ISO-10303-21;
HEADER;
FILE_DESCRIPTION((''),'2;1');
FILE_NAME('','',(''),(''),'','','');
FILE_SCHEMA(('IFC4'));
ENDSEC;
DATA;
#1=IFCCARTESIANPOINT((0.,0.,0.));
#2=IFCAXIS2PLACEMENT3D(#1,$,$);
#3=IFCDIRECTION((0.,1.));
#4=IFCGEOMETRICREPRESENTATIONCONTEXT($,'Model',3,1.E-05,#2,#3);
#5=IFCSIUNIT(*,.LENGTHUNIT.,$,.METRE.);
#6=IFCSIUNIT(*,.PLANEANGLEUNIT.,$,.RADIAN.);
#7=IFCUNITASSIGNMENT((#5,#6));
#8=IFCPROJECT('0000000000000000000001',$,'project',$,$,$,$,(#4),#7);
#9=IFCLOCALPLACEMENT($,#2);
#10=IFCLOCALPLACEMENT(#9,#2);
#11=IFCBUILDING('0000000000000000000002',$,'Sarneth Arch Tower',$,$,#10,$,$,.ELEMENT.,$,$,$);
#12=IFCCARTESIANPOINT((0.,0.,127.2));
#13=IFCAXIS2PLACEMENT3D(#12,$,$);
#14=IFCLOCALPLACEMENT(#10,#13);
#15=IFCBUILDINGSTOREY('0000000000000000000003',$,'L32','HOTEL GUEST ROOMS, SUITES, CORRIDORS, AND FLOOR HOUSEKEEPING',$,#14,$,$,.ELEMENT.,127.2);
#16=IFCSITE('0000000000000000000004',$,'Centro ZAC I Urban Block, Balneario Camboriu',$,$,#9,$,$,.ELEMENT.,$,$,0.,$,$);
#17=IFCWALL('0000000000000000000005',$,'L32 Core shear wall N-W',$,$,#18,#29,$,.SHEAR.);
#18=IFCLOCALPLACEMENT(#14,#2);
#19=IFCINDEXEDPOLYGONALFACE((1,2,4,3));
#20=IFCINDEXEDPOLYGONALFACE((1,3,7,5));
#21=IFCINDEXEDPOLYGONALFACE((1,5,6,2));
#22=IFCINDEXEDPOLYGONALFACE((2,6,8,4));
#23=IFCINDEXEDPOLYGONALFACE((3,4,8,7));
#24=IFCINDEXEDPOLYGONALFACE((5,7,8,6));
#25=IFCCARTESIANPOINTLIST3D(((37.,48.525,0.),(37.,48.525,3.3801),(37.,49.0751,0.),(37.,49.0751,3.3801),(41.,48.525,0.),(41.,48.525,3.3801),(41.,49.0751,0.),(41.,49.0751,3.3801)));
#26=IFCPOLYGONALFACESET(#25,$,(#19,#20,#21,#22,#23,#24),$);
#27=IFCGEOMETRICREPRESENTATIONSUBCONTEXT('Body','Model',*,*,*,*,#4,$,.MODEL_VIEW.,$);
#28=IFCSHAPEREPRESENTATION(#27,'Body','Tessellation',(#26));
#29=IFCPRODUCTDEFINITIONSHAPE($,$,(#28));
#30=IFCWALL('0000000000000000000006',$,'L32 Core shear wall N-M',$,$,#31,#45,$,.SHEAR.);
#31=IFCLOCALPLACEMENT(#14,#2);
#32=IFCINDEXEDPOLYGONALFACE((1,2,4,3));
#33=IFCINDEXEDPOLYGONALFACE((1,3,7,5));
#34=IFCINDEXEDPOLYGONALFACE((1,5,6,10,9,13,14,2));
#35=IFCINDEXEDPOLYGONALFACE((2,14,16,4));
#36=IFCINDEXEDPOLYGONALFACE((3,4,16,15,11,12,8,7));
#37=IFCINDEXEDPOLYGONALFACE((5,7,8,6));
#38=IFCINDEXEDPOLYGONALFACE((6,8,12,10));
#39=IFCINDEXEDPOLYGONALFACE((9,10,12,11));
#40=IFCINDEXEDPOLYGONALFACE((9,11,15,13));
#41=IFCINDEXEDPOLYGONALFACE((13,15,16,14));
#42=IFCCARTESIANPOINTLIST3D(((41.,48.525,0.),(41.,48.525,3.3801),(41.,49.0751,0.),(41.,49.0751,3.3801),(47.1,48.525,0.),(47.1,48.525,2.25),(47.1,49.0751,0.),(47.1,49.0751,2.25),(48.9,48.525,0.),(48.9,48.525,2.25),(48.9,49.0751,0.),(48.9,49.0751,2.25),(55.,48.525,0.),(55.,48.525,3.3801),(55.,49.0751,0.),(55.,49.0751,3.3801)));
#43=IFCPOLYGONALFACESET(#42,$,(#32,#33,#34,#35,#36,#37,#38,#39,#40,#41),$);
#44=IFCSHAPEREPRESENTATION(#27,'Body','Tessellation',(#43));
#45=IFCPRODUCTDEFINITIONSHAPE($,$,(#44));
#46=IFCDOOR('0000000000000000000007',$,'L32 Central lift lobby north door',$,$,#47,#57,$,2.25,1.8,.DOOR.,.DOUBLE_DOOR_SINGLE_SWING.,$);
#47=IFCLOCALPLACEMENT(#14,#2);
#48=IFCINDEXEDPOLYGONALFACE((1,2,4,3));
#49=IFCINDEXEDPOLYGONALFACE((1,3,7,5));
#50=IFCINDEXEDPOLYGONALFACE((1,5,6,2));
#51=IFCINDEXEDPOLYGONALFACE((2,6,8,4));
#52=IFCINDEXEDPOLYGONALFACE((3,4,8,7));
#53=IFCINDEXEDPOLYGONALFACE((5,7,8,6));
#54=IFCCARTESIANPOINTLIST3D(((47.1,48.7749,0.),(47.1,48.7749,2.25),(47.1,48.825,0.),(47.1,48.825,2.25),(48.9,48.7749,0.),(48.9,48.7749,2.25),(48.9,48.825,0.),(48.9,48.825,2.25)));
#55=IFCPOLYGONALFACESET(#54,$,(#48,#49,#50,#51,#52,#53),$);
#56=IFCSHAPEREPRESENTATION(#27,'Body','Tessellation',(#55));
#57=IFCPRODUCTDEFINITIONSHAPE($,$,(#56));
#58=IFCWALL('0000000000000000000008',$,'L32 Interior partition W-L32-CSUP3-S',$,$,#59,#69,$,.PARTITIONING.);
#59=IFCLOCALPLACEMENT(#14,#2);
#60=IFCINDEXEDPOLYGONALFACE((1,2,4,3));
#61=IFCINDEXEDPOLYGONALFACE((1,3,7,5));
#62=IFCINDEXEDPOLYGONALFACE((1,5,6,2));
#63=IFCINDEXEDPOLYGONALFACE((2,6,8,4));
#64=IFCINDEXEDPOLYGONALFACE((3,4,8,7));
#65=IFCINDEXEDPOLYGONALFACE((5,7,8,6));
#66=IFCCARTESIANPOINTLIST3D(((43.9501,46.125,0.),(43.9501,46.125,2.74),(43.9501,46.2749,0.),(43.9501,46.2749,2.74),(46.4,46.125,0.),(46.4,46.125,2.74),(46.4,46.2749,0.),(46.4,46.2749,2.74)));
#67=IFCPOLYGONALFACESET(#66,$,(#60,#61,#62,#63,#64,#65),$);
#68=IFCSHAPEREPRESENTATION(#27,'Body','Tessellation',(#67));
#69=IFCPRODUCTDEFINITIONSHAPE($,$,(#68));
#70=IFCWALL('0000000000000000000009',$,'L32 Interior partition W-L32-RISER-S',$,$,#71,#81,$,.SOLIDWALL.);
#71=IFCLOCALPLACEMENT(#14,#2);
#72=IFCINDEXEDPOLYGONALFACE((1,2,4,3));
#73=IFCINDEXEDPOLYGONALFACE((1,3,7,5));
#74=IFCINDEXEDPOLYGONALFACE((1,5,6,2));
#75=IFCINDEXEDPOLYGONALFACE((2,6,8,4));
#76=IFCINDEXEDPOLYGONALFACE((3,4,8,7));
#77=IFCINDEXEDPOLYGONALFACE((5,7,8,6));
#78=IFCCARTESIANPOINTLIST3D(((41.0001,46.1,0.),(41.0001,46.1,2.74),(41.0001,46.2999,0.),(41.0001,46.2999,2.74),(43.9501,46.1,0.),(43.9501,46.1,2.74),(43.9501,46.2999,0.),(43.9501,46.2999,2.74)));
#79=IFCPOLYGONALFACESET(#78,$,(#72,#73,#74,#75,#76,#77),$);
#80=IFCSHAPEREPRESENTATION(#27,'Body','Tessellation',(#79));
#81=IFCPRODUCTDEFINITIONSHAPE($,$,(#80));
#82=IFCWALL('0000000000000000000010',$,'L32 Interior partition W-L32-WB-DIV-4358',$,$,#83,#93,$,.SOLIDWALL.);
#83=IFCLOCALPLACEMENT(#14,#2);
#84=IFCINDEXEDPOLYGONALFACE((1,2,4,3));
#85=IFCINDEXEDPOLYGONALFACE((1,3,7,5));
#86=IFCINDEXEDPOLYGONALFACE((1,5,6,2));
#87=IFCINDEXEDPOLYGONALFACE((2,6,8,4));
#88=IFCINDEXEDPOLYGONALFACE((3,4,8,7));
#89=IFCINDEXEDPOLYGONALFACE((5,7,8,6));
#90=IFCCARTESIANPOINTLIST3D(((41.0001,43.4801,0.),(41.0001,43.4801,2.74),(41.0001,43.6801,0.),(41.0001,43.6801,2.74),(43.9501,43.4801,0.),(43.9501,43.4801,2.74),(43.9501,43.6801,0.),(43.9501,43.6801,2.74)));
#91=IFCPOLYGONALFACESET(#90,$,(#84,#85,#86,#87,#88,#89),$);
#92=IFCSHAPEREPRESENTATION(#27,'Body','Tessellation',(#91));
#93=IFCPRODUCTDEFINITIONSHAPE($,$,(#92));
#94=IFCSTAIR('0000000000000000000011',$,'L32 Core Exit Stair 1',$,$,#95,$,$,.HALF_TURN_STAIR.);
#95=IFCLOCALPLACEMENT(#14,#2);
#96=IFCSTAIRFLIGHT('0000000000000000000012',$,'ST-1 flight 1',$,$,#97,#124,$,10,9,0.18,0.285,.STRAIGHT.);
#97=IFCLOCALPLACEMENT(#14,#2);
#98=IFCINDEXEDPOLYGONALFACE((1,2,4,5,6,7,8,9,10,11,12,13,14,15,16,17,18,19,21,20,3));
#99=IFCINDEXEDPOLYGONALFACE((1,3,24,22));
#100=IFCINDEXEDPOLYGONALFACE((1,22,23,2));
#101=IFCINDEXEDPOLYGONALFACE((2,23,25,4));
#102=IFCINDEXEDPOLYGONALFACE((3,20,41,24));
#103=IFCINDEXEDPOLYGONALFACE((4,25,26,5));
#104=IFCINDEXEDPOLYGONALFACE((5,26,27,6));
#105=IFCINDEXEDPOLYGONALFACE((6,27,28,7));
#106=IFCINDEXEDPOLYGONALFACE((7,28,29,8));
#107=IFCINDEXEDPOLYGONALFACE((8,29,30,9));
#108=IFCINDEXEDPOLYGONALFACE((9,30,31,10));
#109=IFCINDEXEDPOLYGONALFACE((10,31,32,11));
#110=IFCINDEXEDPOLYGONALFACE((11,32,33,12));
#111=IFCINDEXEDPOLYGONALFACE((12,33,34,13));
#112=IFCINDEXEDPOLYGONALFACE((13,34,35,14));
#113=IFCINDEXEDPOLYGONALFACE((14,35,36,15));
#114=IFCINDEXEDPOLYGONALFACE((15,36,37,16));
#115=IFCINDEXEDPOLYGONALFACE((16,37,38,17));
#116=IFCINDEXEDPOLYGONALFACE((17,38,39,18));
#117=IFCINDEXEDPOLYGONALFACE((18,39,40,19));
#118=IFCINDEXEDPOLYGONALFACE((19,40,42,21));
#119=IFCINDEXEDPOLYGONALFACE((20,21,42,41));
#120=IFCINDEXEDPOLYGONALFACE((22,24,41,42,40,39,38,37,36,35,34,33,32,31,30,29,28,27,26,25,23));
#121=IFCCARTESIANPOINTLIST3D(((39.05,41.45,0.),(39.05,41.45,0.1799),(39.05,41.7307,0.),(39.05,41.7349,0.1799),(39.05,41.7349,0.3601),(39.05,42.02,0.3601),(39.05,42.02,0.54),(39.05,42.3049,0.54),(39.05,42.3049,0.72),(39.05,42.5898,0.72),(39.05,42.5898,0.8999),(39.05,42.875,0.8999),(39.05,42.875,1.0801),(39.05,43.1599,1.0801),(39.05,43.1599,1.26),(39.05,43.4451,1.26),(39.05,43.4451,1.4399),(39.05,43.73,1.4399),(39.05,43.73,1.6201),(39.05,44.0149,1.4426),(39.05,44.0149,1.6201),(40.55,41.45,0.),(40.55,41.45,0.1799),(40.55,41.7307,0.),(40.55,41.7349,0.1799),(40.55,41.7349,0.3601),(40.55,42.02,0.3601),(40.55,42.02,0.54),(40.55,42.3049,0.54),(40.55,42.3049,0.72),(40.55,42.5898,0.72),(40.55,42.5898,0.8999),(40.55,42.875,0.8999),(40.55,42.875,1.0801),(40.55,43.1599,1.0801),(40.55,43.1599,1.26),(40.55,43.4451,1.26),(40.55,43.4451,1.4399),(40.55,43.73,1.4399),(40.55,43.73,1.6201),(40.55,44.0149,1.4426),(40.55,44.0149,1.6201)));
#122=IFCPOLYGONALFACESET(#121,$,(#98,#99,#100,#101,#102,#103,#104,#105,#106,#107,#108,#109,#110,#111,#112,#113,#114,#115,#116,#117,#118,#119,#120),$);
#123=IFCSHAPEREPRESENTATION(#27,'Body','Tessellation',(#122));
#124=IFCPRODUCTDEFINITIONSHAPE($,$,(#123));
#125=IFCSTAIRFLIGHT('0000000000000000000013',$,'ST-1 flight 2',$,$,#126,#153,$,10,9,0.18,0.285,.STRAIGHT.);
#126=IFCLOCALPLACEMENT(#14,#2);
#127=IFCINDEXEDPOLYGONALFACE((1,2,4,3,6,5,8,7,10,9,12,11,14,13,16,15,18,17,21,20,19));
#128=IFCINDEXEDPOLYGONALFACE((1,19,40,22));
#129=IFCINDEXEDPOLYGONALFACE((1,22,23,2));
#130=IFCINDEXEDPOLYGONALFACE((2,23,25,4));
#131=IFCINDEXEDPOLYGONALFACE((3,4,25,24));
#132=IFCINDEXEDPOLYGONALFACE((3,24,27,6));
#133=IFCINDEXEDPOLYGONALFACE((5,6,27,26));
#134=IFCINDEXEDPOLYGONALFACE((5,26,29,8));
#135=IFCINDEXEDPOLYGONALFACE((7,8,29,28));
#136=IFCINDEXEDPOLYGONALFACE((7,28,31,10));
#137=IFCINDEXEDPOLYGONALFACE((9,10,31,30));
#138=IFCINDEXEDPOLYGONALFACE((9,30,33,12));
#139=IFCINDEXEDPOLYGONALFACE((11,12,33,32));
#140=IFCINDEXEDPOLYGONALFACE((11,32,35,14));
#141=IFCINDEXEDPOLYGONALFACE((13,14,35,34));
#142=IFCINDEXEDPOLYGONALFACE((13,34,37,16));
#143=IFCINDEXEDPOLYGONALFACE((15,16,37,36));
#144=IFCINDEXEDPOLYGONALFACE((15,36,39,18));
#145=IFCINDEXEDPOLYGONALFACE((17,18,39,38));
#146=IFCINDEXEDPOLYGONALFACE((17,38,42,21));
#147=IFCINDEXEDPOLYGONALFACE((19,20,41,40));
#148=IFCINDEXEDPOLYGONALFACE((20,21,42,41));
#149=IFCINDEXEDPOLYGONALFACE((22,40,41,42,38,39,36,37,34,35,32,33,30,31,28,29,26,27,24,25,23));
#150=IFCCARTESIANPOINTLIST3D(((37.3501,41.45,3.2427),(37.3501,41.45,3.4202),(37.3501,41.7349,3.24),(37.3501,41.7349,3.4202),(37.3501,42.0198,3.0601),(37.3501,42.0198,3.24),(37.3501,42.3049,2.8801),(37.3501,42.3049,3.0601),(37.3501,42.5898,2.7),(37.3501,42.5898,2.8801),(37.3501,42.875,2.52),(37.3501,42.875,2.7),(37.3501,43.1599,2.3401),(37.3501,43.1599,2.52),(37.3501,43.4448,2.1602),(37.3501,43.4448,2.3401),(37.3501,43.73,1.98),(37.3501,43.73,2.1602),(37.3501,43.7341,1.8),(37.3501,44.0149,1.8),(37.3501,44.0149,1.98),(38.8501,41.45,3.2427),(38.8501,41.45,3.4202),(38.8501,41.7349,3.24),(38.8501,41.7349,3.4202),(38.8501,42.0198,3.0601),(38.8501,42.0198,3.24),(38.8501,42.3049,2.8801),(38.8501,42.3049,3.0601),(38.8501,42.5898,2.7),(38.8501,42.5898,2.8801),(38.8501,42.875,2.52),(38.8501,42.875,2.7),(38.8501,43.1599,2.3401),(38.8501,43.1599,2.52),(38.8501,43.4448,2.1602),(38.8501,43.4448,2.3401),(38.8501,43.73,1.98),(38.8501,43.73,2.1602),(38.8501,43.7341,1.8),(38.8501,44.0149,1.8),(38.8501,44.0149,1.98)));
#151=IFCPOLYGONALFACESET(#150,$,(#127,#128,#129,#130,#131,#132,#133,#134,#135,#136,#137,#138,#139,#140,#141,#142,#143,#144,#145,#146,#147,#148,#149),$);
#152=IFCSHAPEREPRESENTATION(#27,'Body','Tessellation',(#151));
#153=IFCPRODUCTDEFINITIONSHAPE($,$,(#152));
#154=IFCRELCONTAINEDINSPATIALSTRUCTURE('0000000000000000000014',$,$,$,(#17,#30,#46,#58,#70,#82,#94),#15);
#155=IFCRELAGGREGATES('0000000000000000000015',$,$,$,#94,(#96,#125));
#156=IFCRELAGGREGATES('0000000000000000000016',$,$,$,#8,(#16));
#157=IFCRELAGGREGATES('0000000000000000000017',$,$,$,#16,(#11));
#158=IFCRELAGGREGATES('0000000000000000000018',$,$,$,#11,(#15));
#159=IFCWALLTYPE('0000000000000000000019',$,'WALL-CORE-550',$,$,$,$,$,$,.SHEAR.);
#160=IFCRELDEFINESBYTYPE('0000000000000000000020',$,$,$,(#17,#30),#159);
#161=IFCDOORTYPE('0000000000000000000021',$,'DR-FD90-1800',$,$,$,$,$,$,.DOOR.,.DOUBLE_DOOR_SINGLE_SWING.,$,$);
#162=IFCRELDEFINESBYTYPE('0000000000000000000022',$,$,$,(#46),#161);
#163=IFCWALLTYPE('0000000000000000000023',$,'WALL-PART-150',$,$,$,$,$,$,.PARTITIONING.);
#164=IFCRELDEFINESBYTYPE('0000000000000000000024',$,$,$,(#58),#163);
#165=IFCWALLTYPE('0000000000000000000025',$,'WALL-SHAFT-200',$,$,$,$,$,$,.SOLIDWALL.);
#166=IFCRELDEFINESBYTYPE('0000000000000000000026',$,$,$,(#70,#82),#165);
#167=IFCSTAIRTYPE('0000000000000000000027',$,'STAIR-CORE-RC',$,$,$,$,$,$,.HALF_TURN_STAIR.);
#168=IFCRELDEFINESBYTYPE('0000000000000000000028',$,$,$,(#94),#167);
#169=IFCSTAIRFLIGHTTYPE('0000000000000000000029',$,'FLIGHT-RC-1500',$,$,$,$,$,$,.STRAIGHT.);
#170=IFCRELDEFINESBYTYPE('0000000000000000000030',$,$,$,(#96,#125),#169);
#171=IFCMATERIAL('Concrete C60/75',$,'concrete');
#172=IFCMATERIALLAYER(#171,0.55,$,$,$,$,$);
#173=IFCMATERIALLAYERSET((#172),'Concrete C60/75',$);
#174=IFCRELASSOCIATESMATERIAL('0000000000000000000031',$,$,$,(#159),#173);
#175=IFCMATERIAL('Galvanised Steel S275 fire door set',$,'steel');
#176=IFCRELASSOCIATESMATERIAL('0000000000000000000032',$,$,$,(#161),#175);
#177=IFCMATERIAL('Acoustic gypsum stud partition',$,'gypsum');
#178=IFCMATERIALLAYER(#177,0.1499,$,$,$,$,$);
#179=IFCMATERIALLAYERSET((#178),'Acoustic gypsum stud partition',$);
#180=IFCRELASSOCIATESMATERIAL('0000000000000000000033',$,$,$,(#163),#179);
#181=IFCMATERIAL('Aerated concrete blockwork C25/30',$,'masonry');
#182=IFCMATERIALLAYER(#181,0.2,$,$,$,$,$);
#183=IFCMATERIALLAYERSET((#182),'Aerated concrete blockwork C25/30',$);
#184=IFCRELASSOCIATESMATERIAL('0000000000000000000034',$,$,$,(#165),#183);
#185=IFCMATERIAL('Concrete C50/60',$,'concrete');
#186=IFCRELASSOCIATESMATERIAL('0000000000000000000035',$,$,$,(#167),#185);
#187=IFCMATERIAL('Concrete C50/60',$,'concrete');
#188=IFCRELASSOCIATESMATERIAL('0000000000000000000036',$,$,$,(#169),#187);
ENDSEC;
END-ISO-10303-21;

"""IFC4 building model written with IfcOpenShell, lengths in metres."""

from ifc_helpers import new_model, si_unit, direction, frame, frame_2d, origin, place, context, subcontext, project, spatial, polyline, rectangle, outline, extrude, material, layer, layer_set, type_object, element, fill, aggregate, save


model = new_model("IFC4")

# Units and contexts
model_context = context("Model", 3, precision=1e-05, world=origin(), true_north=direction((0.0, 1.0)))
body_context = subcontext(model_context, "Body", "Model", "MODEL_VIEW")
ifc_project = project(units=[si_unit("LENGTHUNIT", "METRE"), si_unit("PLANEANGLEUNIT", "RADIAN")], contexts=[model_context])

# Site, building, storey
site_placement = place(None, origin())
site = spatial("IfcSite", under=ifc_project, at=site_placement, Name="Centro ZAC I Urban Block, Balneario Camboriu", CompositionType="ELEMENT", RefElevation=0.0)
building_placement = place(site_placement, origin())
building = spatial("IfcBuilding", under=site, at=building_placement, Name="Sarneth Arch Tower", CompositionType="ELEMENT")
storey_placement = place(building_placement, frame((0.0, 0.0, 127.2)))
storey = spatial("IfcBuildingStorey", under=building, at=storey_placement, Name="L32", Description="HOTEL GUEST ROOMS, SUITES, CORRIDORS, AND FLOOR HOUSEKEEPING", CompositionType="ELEMENT", Elevation=127.2)

# Wall
ifc_material_1 = material(Name="Concrete C60/75", Category="concrete")
ifc_layer_1 = layer(ifc_material_1, 0.55)
ifc_layer_set_1 = layer_set([ifc_layer_1], Name="Concrete C60/75")
wall_type_1 = type_object("IfcWallType", Name="WALL-CORE-550", PredefinedType="SHEAR", material=ifc_layer_set_1)
wall_1_placement = place(storey_placement, frame((37.0, 48.8, 0.0), z_axis=(0.0, 0.0, 1.0), x_axis=(1.0, 0.0, 0.0)))
element("IfcWall", 1, at=wall_1_placement, inside=storey, type_object=wall_type_1, Name="L32 Core shear wall N-W", PredefinedType="SHEAR", context=body_context, shape_type="SweptSolid", body=[
    extrude(rectangle(XDim=4.0, YDim=0.55, at=frame_2d((2.0, 0.0))), origin(), (0.0, 0.0, 1.0), 3.3801),
])

# Wall, opening, door
wall_2_placement = place(storey_placement, frame((41.0, 48.8, 0.0), z_axis=(0.0, 0.0, 1.0), x_axis=(1.0, 0.0, 0.0)))
wall_2 = element("IfcWall", 2, at=wall_2_placement, inside=storey, type_object=wall_type_1, Name="L32 Core shear wall N-M", PredefinedType="SHEAR", context=body_context, shape_type="SweptSolid", body=[
    extrude(rectangle(XDim=14.0, YDim=0.55, at=frame_2d((7.0, 0.0))), origin(), (0.0, 0.0, 1.0), 3.3801),
])
opening_1_placement = place(wall_2_placement, frame((6.1001, 0.0, 0.0)))
opening_1 = element("IfcOpeningElement", 3, at=opening_1_placement, cuts=wall_2, PredefinedType="OPENING", context=body_context, shape_type="SweptSolid", body=[
    extrude(rectangle(XDim=1.8, YDim=2.25, at=frame_2d((0.8999, 1.125))), frame((0.0, 0.2849, 0.0), z_axis=(0.0, -1.0, 0.0), x_axis=(1.0, 0.0, 0.0)), (0.0, 0.0, 1.0), 0.5701),
])
ifc_material_2 = material(Name="Galvanised Steel S275 fire door set", Category="steel")
door_type_1 = type_object("IfcDoorType", Name="DR-FD90-1800", OperationType="DOUBLE_DOOR_SINGLE_SWING", PredefinedType="DOOR", material=ifc_material_2)
door_1_placement = place(opening_1_placement, origin())
door_1 = element("IfcDoor", 4, at=door_1_placement, inside=storey, type_object=door_type_1, Name="L32 Central lift lobby north door", OperationType="DOUBLE_DOOR_SINGLE_SWING", OverallHeight=2.25, OverallWidth=1.8, PredefinedType="DOOR", context=body_context, shape_type="SweptSolid", body=[
    extrude(rectangle(XDim=1.8, YDim=2.25, at=frame_2d((0.8999, 1.125))), frame((0.0, 0.0249, 0.0), z_axis=(0.0, -1.0, 0.0), x_axis=(1.0, 0.0, 0.0)), (0.0, 0.0, 1.0), 0.05),
])
fill(opening_1, door_1)

# Wall
ifc_material_3 = material(Name="Acoustic gypsum stud partition", Category="gypsum")
ifc_layer_2 = layer(ifc_material_3, 0.1499)
ifc_layer_set_2 = layer_set([ifc_layer_2], Name="Acoustic gypsum stud partition")
wall_type_2 = type_object("IfcWallType", Name="WALL-PART-150", PredefinedType="PARTITIONING", material=ifc_layer_set_2)
wall_3_placement = place(storey_placement, frame((43.95, 46.2, 0.0), z_axis=(0.0, 0.0, 1.0), x_axis=(1.0, 0.0, 0.0)))
element("IfcWall", 5, at=wall_3_placement, inside=storey, type_object=wall_type_2, Name="L32 Interior partition W-L32-CSUP3-S", PredefinedType="PARTITIONING", context=body_context, shape_type="SweptSolid", body=[
    extrude(rectangle(XDim=2.45, YDim=0.1499, at=frame_2d((1.2251, 0.0))), origin(), (0.0, 0.0, 1.0), 2.74),
])

# Wall
ifc_material_4 = material(Name="Aerated concrete blockwork C25/30", Category="masonry")
ifc_layer_3 = layer(ifc_material_4, 0.2)
ifc_layer_set_3 = layer_set([ifc_layer_3], Name="Aerated concrete blockwork C25/30")
wall_type_3 = type_object("IfcWallType", Name="WALL-SHAFT-200", PredefinedType="SOLIDWALL", material=ifc_layer_set_3)
wall_4_placement = place(storey_placement, frame((41.0, 46.2, 0.0), z_axis=(0.0, 0.0, 1.0), x_axis=(1.0, 0.0, 0.0)))
element("IfcWall", 6, at=wall_4_placement, inside=storey, type_object=wall_type_3, Name="L32 Interior partition W-L32-RISER-S", PredefinedType="SOLIDWALL", context=body_context, shape_type="SweptSolid", body=[
    extrude(rectangle(XDim=2.95, YDim=0.2, at=frame_2d((1.4751, 0.0))), origin(), (0.0, 0.0, 1.0), 2.74),
])

# Wall
wall_5_placement = place(storey_placement, frame((41.0, 43.5801, 0.0), z_axis=(0.0, 0.0, 1.0), x_axis=(1.0, 0.0, 0.0)))
element("IfcWall", 7, at=wall_5_placement, inside=storey, type_object=wall_type_3, Name="L32 Interior partition W-L32-WB-DIV-4358", PredefinedType="SOLIDWALL", context=body_context, shape_type="SweptSolid", body=[
    extrude(rectangle(XDim=2.95, YDim=0.2, at=frame_2d((1.4751, 0.0))), origin(), (0.0, 0.0, 1.0), 2.74),
])

# Stair, stair flights
ifc_material_5 = material(Name="Concrete C50/60", Category="concrete")
stair_type = type_object("IfcStairType", Name="STAIR-CORE-RC", PredefinedType="HALF_TURN_STAIR", material=ifc_material_5)
stair_placement = place(storey_placement, origin())
stair = element("IfcStair", 8, at=stair_placement, inside=storey, type_object=stair_type, Name="L32 Core Exit Stair 1", PredefinedType="HALF_TURN_STAIR")
ifc_material_6 = material(Name="Concrete C50/60", Category="concrete")
stair_flight_type = type_object("IfcStairFlightType", Name="FLIGHT-RC-1500", PredefinedType="STRAIGHT", material=ifc_material_6)
stair_flight_1_placement = place(storey_placement, frame((39.8, 41.45, 0.0), z_axis=(0.0, 0.0, 1.0), x_axis=(0.0, 1.0, 0.0)))
stair_flight_1 = element("IfcStairFlight", 9, at=stair_flight_1_placement, type_object=stair_flight_type, Name="ST-1 flight 1", NumberOfRisers=10, NumberOfTreads=9, PredefinedType="STRAIGHT", RiserHeight=0.18, TreadLength=0.285, context=body_context, shape_type="SweptSolid", body=[
    extrude(outline(polyline([(0.0, 0.0), (0.0, 0.1799), (0.2849, 0.1799), (0.2849, 0.3601), (0.5701, 0.3601), (0.5701, 0.54), (0.855, 0.54), (0.855, 0.72), (1.1399, 0.72), (1.1399, 0.8999), (1.425, 0.8999), (1.425, 1.0801), (1.71, 1.0801), (1.71, 1.26), (1.9951, 1.26), (1.9951, 1.4399), (2.28, 1.4399), (2.28, 1.6201), (2.5649, 1.6201), (2.5649, 1.8), (2.5649, 1.4426), (0.2808, 0.0), (0.0, 0.0)])), frame((0.0, 0.75, 0.0), z_axis=(0.0, -1.0, 0.0), x_axis=(1.0, 0.0, 0.0)), (0.0, 0.0, 1.0), 1.5),
])
stair_flight_2_placement = place(storey_placement, frame((38.1001, 44.0149, 1.8), z_axis=(0.0, 0.0, 1.0), x_axis=(0.0, -1.0, 0.0)))
stair_flight_2 = element("IfcStairFlight", 10, at=stair_flight_2_placement, type_object=stair_flight_type, Name="ST-1 flight 2", NumberOfRisers=10, NumberOfTreads=9, PredefinedType="STRAIGHT", RiserHeight=0.18, TreadLength=0.285, context=body_context, shape_type="SweptSolid", body=[
    extrude(outline(polyline([(0.0, 0.0), (0.0, 0.1799), (0.2849, 0.1799), (0.2849, 0.3601), (0.5701, 0.3601), (0.5701, 0.54), (0.855, 0.54), (0.855, 0.72), (1.1399, 0.72), (1.1399, 0.8999), (1.425, 0.8999), (1.425, 1.0801), (1.71, 1.0801), (1.71, 1.26), (1.9951, 1.26), (1.9951, 1.4399), (2.28, 1.4399), (2.28, 1.6201), (2.5649, 1.6201), (2.5649, 1.8), (2.5649, 1.4426), (0.2808, 0.0), (0.0, 0.0)])), frame((0.0, 0.75, 0.0), z_axis=(0.0, -1.0, 0.0), x_axis=(1.0, 0.0, 0.0)), (0.0, 0.0, 1.0), 1.5),
])
aggregate(stair, [stair_flight_1, stair_flight_2])

save(model, "model.ifc")
